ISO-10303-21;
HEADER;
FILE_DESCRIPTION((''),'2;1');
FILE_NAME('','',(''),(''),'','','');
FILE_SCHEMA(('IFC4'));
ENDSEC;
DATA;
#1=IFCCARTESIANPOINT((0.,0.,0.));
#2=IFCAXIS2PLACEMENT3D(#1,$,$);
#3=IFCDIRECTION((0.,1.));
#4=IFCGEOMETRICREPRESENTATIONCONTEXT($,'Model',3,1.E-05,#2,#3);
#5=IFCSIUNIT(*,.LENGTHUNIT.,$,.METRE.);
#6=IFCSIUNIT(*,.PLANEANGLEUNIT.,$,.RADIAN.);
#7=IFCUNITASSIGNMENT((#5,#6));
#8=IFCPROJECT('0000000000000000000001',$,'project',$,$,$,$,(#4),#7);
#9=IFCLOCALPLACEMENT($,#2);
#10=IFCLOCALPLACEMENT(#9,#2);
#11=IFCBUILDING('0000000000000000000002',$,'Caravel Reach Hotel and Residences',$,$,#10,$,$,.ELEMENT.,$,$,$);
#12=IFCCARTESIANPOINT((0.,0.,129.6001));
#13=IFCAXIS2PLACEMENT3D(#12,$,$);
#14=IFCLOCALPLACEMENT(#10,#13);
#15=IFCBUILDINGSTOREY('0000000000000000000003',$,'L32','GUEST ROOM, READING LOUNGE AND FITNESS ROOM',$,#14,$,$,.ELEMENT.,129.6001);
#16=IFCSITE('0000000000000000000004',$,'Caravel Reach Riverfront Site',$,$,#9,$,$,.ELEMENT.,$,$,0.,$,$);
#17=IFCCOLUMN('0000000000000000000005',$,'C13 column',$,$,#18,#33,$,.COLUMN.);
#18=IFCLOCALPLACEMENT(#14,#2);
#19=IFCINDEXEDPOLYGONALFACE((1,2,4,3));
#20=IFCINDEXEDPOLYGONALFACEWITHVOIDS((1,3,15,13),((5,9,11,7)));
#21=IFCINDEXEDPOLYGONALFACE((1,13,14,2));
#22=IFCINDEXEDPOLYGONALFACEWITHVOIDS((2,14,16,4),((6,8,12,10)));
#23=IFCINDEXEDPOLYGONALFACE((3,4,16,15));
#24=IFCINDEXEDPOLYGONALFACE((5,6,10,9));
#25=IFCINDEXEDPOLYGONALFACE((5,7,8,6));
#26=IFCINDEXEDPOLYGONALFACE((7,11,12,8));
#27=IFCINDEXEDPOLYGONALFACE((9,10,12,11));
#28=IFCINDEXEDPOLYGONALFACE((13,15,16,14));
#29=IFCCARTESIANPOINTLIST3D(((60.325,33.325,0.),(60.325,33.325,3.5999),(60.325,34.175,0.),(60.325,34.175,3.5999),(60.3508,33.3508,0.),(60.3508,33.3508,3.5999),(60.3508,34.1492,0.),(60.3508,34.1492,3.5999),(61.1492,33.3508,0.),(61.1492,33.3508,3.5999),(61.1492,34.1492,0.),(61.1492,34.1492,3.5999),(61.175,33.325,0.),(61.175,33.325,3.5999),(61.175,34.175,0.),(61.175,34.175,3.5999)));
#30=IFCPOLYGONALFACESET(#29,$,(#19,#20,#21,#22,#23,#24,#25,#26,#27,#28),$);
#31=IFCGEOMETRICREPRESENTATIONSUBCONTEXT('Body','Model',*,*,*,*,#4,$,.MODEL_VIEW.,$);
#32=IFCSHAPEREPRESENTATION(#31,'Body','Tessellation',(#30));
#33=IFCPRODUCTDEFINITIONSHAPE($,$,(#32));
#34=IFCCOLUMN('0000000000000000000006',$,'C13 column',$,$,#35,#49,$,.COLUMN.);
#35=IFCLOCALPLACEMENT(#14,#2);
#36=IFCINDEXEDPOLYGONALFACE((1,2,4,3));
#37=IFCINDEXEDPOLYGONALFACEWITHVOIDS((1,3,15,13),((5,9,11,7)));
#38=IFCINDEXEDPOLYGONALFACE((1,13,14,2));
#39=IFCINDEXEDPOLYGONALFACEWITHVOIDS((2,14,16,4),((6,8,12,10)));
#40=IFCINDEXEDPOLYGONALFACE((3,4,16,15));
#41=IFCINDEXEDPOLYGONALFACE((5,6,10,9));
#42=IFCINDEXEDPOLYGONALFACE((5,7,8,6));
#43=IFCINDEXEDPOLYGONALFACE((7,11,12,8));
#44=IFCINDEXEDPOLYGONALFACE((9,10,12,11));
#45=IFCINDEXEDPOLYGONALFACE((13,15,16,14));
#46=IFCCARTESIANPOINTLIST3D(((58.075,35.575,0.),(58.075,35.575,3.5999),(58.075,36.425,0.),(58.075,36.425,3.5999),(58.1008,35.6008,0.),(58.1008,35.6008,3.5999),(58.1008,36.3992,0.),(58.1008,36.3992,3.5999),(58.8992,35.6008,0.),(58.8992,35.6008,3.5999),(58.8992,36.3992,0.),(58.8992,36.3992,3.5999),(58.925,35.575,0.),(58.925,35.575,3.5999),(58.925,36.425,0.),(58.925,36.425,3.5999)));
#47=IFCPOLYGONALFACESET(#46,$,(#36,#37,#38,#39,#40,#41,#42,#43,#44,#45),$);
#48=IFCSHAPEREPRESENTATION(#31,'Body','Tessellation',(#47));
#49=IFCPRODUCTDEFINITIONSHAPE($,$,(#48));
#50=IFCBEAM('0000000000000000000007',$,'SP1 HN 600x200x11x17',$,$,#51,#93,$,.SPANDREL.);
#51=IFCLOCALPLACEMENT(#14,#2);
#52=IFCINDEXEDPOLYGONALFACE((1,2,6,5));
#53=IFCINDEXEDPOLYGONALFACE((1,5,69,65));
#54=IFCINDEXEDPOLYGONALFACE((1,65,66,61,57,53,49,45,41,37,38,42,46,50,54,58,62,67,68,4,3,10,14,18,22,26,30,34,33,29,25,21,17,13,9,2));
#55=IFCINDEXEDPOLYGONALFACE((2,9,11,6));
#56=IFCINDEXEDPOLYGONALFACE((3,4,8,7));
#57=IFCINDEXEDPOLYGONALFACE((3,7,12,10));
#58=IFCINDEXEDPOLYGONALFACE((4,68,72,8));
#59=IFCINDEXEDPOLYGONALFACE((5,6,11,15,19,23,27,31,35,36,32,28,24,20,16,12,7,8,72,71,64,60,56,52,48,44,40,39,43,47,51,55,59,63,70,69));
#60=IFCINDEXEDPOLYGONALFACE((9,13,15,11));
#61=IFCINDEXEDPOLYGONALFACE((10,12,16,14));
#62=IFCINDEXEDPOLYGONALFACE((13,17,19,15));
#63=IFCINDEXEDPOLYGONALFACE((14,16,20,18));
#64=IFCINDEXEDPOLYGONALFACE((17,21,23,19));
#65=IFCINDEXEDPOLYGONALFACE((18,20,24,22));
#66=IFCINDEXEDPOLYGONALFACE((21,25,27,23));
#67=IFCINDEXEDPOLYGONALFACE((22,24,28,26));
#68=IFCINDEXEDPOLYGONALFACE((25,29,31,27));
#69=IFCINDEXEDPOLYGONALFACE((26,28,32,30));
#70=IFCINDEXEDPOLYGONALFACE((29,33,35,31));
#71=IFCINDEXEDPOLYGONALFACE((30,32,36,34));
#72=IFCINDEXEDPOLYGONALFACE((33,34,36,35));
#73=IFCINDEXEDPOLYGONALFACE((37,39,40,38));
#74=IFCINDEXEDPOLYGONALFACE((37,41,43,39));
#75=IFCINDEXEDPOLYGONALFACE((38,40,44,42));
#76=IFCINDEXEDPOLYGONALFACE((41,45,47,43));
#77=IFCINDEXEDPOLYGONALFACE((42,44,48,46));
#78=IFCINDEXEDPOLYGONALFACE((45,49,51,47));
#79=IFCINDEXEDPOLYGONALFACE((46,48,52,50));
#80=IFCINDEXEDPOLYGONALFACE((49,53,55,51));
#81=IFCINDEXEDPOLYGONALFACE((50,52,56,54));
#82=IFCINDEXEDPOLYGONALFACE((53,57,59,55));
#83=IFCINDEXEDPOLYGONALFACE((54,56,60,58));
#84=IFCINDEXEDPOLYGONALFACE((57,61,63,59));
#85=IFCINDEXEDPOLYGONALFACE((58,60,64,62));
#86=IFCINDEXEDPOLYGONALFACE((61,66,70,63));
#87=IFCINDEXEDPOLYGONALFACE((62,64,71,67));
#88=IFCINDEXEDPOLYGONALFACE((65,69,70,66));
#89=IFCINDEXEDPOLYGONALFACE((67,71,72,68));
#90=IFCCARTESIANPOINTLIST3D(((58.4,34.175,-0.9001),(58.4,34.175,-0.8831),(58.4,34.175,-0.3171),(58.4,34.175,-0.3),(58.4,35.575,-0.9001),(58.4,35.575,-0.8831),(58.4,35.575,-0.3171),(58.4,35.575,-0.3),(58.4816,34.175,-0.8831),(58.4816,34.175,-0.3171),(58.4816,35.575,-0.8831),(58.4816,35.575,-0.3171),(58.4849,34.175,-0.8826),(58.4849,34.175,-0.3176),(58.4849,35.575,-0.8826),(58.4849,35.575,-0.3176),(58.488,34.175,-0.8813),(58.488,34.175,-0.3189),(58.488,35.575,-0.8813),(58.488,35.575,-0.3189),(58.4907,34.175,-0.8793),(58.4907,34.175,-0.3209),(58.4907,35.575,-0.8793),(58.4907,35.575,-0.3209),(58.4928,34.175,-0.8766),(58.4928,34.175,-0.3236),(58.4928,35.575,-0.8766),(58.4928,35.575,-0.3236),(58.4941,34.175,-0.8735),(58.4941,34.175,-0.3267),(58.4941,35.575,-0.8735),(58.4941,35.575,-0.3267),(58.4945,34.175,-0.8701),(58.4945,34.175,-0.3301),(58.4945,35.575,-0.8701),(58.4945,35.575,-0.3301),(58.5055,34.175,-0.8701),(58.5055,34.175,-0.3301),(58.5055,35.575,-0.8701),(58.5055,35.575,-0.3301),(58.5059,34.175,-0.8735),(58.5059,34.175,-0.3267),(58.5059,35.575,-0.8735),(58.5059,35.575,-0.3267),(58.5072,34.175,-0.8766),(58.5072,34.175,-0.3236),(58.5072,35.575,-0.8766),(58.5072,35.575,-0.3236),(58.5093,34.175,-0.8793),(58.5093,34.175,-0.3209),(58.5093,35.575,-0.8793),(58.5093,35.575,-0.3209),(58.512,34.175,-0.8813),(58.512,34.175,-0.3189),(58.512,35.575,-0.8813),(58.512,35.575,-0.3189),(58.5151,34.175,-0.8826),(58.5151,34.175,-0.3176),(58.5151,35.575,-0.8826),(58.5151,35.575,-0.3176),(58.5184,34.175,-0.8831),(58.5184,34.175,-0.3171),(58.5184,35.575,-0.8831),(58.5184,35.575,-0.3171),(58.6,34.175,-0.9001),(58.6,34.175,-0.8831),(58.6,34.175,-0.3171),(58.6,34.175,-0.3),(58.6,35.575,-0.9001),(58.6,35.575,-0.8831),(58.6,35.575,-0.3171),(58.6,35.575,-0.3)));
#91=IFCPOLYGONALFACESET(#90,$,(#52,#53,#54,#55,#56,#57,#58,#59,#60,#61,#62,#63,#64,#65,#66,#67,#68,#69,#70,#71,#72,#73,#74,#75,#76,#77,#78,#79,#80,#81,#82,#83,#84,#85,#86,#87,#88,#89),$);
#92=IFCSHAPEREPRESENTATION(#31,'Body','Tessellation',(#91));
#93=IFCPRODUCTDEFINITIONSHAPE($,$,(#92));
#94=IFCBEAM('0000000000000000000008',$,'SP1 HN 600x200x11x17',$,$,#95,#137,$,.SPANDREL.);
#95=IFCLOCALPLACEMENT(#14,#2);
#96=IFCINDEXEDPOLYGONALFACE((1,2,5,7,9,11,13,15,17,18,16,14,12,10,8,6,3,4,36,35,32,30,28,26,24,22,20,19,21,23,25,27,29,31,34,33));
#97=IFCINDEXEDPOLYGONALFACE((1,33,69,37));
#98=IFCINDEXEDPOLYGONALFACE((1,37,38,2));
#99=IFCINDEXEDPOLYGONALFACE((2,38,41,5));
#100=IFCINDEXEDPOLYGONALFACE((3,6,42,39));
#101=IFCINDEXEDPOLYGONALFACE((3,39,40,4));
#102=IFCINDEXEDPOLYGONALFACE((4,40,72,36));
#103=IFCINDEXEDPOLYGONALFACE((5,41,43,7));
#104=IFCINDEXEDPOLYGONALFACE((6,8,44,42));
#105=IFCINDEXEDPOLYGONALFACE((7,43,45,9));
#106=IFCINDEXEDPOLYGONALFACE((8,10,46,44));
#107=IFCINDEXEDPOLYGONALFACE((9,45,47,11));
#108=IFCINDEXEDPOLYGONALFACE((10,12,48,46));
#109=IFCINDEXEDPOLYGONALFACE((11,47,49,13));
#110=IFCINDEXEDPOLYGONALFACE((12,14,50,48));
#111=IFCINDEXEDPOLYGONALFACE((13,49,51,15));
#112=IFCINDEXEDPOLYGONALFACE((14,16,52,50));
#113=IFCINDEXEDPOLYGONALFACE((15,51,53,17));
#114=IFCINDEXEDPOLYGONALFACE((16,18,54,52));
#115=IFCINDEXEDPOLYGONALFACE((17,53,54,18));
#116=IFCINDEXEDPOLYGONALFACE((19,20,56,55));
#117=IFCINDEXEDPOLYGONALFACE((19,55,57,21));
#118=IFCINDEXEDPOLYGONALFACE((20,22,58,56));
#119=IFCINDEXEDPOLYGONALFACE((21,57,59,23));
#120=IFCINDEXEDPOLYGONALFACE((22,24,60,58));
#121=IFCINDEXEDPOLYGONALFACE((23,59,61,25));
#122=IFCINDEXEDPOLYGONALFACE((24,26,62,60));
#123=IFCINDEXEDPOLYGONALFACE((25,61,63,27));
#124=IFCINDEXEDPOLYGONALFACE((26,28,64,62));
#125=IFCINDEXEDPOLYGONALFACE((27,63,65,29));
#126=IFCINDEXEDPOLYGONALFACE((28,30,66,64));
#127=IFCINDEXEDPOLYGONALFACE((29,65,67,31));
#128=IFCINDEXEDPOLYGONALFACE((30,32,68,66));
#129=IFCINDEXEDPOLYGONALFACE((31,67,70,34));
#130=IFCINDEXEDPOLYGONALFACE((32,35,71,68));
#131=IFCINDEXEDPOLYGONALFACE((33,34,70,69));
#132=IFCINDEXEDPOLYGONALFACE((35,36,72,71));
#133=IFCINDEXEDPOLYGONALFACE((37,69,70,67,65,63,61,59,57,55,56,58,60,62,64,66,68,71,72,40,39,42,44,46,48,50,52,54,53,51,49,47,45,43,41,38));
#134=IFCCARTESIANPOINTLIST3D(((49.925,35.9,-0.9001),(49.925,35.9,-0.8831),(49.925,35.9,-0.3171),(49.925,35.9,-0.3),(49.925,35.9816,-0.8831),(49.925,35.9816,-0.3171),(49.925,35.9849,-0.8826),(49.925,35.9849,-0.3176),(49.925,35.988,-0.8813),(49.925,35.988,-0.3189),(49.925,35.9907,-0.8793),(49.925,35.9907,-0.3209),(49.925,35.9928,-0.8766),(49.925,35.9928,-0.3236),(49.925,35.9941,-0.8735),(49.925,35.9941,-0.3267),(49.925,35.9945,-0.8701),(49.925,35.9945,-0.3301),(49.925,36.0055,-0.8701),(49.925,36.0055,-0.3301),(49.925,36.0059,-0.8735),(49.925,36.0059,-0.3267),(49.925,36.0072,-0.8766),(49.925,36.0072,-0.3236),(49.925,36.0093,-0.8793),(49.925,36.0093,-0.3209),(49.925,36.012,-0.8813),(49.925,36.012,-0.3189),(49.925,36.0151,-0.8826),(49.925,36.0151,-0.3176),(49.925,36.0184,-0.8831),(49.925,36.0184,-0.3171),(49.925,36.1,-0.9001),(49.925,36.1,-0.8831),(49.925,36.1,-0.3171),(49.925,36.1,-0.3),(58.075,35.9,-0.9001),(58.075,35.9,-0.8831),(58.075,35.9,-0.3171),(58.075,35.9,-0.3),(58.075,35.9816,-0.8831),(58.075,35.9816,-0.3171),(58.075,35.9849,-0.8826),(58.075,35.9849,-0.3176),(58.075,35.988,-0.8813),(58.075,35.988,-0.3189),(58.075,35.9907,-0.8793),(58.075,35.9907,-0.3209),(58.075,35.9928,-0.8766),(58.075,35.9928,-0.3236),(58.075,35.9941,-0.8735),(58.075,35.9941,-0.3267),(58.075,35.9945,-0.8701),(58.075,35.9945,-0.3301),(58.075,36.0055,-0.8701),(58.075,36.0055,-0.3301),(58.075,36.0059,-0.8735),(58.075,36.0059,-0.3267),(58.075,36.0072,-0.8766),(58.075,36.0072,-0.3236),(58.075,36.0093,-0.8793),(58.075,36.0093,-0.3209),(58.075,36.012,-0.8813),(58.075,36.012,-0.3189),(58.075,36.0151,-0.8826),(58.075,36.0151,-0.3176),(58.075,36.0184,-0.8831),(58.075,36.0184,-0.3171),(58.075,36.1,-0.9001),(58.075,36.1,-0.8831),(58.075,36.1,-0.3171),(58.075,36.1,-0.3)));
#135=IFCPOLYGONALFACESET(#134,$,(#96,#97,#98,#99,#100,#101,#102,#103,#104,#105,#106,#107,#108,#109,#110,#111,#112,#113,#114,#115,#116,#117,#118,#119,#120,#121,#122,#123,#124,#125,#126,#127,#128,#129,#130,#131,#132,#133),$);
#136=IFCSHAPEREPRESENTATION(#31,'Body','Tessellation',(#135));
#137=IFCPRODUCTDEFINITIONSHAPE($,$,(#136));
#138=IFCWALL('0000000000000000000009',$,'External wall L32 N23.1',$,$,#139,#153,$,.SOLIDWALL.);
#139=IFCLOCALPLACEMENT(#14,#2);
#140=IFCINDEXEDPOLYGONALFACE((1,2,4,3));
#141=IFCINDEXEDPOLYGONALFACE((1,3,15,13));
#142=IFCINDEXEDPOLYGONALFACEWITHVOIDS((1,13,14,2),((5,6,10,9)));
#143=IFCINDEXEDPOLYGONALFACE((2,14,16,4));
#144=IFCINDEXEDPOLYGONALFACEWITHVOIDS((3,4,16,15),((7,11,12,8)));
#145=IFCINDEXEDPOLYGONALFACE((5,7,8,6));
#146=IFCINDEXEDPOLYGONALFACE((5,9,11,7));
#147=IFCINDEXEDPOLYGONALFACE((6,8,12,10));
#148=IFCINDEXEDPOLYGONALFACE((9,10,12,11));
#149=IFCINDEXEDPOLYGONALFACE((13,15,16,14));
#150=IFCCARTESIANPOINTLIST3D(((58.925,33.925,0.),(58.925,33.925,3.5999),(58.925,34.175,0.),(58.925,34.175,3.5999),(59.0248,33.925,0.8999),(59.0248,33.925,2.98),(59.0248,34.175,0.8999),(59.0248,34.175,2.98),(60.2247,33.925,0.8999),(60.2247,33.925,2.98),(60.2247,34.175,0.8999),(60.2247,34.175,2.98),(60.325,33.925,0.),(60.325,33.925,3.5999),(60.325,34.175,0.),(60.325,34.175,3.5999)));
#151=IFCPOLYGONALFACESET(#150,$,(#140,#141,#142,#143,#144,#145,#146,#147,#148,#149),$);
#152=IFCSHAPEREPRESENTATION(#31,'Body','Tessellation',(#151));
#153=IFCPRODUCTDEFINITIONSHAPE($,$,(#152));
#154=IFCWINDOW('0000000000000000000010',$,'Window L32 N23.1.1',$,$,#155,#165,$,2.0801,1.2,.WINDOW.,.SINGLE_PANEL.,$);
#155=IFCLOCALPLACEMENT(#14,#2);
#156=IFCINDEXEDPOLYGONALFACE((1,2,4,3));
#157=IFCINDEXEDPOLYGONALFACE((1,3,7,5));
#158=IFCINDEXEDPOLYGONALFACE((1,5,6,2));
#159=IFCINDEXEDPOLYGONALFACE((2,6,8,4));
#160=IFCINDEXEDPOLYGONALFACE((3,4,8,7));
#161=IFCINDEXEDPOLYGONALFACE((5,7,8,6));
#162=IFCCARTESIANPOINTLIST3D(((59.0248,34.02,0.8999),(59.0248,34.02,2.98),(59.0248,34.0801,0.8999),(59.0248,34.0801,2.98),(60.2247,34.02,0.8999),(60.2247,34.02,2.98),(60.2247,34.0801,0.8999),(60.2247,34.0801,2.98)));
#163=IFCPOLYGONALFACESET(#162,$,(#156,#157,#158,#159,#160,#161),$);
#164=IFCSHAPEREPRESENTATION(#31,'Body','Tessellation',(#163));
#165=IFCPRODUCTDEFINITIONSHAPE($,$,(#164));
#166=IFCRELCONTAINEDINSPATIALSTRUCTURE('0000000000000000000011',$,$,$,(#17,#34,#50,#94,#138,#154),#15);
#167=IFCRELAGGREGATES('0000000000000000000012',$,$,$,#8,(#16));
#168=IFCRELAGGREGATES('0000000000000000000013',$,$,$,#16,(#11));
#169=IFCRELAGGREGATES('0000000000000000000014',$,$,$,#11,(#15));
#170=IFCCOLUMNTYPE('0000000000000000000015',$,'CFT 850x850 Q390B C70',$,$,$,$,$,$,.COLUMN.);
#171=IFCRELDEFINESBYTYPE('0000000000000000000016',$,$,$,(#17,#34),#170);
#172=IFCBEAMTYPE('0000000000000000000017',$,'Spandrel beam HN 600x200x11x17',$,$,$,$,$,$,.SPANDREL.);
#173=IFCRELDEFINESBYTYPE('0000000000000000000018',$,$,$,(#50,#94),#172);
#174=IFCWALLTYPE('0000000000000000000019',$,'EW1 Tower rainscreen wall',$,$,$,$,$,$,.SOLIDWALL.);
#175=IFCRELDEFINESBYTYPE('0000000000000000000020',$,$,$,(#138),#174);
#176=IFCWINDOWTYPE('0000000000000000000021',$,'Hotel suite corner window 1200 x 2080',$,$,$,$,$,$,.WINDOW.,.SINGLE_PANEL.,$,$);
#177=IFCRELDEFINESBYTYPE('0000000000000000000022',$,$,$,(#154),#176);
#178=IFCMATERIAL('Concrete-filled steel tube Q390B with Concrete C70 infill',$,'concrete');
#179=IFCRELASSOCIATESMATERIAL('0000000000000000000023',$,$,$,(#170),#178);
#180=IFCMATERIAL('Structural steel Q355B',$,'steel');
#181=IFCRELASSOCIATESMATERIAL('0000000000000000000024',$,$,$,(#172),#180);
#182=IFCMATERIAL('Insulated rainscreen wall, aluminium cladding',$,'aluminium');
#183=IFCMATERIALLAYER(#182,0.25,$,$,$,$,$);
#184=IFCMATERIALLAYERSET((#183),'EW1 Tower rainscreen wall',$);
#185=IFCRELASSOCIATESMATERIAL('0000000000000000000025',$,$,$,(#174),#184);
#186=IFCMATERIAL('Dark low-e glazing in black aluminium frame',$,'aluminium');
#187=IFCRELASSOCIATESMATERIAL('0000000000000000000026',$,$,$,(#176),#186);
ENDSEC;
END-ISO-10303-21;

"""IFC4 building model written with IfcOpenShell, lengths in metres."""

from ifc_helpers import new_model, si_unit, direction, frame, frame_2d, origin, origin_2d, place, context, subcontext, project, spatial, rectangle, hollow_rectangle, i_section, extrude, material, layer, layer_set, material_profile, profile_set, type_object, element, fill, save


model = new_model("IFC4")

# Units and contexts
model_context = context("Model", 3, precision=1e-05, world=origin(), true_north=direction((0.0, 1.0)))
body_context = subcontext(model_context, "Body", "Model", "MODEL_VIEW")
ifc_project = project(units=[si_unit("LENGTHUNIT", "METRE"), si_unit("PLANEANGLEUNIT", "RADIAN")], contexts=[model_context])

# Site, building, storey
site_placement = place(None, origin())
site = spatial("IfcSite", under=ifc_project, at=site_placement, Name="Caravel Reach Riverfront Site", CompositionType="ELEMENT", RefElevation=0.0)
building_placement = place(site_placement, origin())
building = spatial("IfcBuilding", under=site, at=building_placement, Name="Caravel Reach Hotel and Residences", CompositionType="ELEMENT")
storey_placement = place(building_placement, frame((0.0, 0.0, 129.6001)))
storey = spatial("IfcBuildingStorey", under=building, at=storey_placement, Name="L32", Description="GUEST ROOM, READING LOUNGE AND FITNESS ROOM", CompositionType="ELEMENT", Elevation=129.6001)

# Columns
ifc_material_1 = material(Name="Concrete-filled steel tube Q390B with Concrete C70 infill", Category="concrete")
ifc_material_profile_1 = material_profile(ifc_material_1, hollow_rectangle(XDim=0.8501, YDim=0.8501, WallThickness=0.0259, at=origin_2d()), Name="RHS 850x850x26")
ifc_profile_set_1 = profile_set([ifc_material_profile_1], Name="Concrete-filled steel tube Q390B with Concrete C70 infill")
column_type = type_object("IfcColumnType", Name="CFT 850x850 Q390B C70", PredefinedType="COLUMN", material=ifc_profile_set_1)
for number, where, z_axis, x_axis, name in (
    (1, (60.75, 33.75, 0.0), (0.0, 0.0, 1.0), (1.0, 0.0, 0.0), "C13 column"),
    (2, (58.5, 36.0, 0.0), (0.0, 0.0, 1.0), (1.0, 0.0, 0.0), "C13 column"),
):
    element("IfcColumn", number, at=place(storey_placement, frame(where, z_axis=z_axis, x_axis=x_axis)), inside=storey, type_object=column_type, Name=name, PredefinedType="COLUMN", context=body_context, shape_type="SweptSolid", body=[
        extrude(hollow_rectangle(XDim=0.8501, YDim=0.8501, WallThickness=0.0259, at=origin_2d()), origin(), (0.0, 0.0, 1.0), 3.5999),
    ])

# Beams
ifc_material_2 = material(Name="Structural steel Q355B", Category="steel")
ifc_material_profile_2 = material_profile(ifc_material_2, i_section(OverallWidth=0.2, OverallDepth=0.6001, WebThickness=0.011, FlangeThickness=0.0171, FilletRadius=0.0129, at=origin_2d()), Name="HN 600x200x11x17")
ifc_profile_set_2 = profile_set([ifc_material_profile_2], Name="Structural steel Q355B")
beam_type = type_object("IfcBeamType", Name="Spandrel beam HN 600x200x11x17", PredefinedType="SPANDREL", material=ifc_profile_set_2)
beam_1_placement = place(storey_placement, frame((58.5, 34.175, -0.6001), z_axis=(0.0, 1.0, 0.0), x_axis=(-1.0, 0.0, 0.0)))
element("IfcBeam", 3, at=beam_1_placement, inside=storey, type_object=beam_type, Name="SP1 HN 600x200x11x17", PredefinedType="SPANDREL", context=body_context, shape_type="SweptSolid", body=[
    extrude(i_section(OverallWidth=0.2, OverallDepth=0.6001, WebThickness=0.011, FlangeThickness=0.0171, FilletRadius=0.0129, at=origin_2d()), origin(), (0.0, 0.0, 1.0), 1.3999),
])
beam_2_placement = place(storey_placement, frame((58.075, 36.0, -0.6001), z_axis=(-1.0, 0.0, 0.0), x_axis=(0.0, -1.0, 0.0)))
element("IfcBeam", 4, at=beam_2_placement, inside=storey, type_object=beam_type, Name="SP1 HN 600x200x11x17", PredefinedType="SPANDREL", context=body_context, shape_type="SweptSolid", body=[
    extrude(i_section(OverallWidth=0.2, OverallDepth=0.6001, WebThickness=0.011, FlangeThickness=0.0171, FilletRadius=0.0129, at=origin_2d()), origin(), (0.0, 0.0, 1.0), 8.1499),
])

# Wall, opening, window
ifc_material_3 = material(Name="Insulated rainscreen wall, aluminium cladding", Category="aluminium")
ifc_layer = layer(ifc_material_3, 0.25)
ifc_layer_set = layer_set([ifc_layer], Name="EW1 Tower rainscreen wall")
wall_type = type_object("IfcWallType", Name="EW1 Tower rainscreen wall", PredefinedType="SOLIDWALL", material=ifc_layer_set)
wall_1_placement = place(storey_placement, frame((60.325, 34.05, 0.0), z_axis=(0.0, 0.0, 1.0), x_axis=(-1.0, 0.0, 0.0)))
wall_1 = element("IfcWall", 5, at=wall_1_placement, inside=storey, type_object=wall_type, Name="External wall L32 N23.1", PredefinedType="SOLIDWALL", context=body_context, shape_type="SweptSolid", body=[
    extrude(rectangle(XDim=1.3999, YDim=0.25, at=frame_2d((0.7, 0.0))), origin(), (0.0, 0.0, 1.0), 3.5999),
])
opening_1_placement = place(wall_1_placement, frame((0.1001, 0.0, 0.8999)))
opening_1 = element("IfcOpeningElement", 6, at=opening_1_placement, cuts=wall_1, PredefinedType="OPENING", context=body_context, shape_type="SweptSolid", body=[
    extrude(rectangle(XDim=1.2, YDim=2.0801, at=frame_2d((0.6001, 1.04))), frame((0.0, 0.135, 0.0), z_axis=(0.0, -1.0, 0.0), x_axis=(1.0, 0.0, 0.0)), (0.0, 0.0, 1.0), 0.27),
])
ifc_material_4 = material(Name="Dark low-e glazing in black aluminium frame", Category="aluminium")
window_type_1 = type_object("IfcWindowType", Name="Hotel suite corner window 1200 x 2080", PartitioningType="SINGLE_PANEL", PredefinedType="WINDOW", material=ifc_material_4)
window_1_placement = place(opening_1_placement, origin())
window_1 = element("IfcWindow", 7, at=window_1_placement, inside=storey, type_object=window_type_1, Name="Window L32 N23.1.1", OverallHeight=2.0801, OverallWidth=1.2, PartitioningType="SINGLE_PANEL", PredefinedType="WINDOW", context=body_context, shape_type="SweptSolid", body=[
    extrude(rectangle(XDim=1.2, YDim=2.0801, at=frame_2d((0.6001, 1.04))), frame((0.0, 0.03, 0.0), z_axis=(0.0, -1.0, 0.0), x_axis=(1.0, 0.0, 0.0)), (0.0, 0.0, 1.0), 0.0601),
])
fill(opening_1, window_1)

save(model, "model.ifc")
